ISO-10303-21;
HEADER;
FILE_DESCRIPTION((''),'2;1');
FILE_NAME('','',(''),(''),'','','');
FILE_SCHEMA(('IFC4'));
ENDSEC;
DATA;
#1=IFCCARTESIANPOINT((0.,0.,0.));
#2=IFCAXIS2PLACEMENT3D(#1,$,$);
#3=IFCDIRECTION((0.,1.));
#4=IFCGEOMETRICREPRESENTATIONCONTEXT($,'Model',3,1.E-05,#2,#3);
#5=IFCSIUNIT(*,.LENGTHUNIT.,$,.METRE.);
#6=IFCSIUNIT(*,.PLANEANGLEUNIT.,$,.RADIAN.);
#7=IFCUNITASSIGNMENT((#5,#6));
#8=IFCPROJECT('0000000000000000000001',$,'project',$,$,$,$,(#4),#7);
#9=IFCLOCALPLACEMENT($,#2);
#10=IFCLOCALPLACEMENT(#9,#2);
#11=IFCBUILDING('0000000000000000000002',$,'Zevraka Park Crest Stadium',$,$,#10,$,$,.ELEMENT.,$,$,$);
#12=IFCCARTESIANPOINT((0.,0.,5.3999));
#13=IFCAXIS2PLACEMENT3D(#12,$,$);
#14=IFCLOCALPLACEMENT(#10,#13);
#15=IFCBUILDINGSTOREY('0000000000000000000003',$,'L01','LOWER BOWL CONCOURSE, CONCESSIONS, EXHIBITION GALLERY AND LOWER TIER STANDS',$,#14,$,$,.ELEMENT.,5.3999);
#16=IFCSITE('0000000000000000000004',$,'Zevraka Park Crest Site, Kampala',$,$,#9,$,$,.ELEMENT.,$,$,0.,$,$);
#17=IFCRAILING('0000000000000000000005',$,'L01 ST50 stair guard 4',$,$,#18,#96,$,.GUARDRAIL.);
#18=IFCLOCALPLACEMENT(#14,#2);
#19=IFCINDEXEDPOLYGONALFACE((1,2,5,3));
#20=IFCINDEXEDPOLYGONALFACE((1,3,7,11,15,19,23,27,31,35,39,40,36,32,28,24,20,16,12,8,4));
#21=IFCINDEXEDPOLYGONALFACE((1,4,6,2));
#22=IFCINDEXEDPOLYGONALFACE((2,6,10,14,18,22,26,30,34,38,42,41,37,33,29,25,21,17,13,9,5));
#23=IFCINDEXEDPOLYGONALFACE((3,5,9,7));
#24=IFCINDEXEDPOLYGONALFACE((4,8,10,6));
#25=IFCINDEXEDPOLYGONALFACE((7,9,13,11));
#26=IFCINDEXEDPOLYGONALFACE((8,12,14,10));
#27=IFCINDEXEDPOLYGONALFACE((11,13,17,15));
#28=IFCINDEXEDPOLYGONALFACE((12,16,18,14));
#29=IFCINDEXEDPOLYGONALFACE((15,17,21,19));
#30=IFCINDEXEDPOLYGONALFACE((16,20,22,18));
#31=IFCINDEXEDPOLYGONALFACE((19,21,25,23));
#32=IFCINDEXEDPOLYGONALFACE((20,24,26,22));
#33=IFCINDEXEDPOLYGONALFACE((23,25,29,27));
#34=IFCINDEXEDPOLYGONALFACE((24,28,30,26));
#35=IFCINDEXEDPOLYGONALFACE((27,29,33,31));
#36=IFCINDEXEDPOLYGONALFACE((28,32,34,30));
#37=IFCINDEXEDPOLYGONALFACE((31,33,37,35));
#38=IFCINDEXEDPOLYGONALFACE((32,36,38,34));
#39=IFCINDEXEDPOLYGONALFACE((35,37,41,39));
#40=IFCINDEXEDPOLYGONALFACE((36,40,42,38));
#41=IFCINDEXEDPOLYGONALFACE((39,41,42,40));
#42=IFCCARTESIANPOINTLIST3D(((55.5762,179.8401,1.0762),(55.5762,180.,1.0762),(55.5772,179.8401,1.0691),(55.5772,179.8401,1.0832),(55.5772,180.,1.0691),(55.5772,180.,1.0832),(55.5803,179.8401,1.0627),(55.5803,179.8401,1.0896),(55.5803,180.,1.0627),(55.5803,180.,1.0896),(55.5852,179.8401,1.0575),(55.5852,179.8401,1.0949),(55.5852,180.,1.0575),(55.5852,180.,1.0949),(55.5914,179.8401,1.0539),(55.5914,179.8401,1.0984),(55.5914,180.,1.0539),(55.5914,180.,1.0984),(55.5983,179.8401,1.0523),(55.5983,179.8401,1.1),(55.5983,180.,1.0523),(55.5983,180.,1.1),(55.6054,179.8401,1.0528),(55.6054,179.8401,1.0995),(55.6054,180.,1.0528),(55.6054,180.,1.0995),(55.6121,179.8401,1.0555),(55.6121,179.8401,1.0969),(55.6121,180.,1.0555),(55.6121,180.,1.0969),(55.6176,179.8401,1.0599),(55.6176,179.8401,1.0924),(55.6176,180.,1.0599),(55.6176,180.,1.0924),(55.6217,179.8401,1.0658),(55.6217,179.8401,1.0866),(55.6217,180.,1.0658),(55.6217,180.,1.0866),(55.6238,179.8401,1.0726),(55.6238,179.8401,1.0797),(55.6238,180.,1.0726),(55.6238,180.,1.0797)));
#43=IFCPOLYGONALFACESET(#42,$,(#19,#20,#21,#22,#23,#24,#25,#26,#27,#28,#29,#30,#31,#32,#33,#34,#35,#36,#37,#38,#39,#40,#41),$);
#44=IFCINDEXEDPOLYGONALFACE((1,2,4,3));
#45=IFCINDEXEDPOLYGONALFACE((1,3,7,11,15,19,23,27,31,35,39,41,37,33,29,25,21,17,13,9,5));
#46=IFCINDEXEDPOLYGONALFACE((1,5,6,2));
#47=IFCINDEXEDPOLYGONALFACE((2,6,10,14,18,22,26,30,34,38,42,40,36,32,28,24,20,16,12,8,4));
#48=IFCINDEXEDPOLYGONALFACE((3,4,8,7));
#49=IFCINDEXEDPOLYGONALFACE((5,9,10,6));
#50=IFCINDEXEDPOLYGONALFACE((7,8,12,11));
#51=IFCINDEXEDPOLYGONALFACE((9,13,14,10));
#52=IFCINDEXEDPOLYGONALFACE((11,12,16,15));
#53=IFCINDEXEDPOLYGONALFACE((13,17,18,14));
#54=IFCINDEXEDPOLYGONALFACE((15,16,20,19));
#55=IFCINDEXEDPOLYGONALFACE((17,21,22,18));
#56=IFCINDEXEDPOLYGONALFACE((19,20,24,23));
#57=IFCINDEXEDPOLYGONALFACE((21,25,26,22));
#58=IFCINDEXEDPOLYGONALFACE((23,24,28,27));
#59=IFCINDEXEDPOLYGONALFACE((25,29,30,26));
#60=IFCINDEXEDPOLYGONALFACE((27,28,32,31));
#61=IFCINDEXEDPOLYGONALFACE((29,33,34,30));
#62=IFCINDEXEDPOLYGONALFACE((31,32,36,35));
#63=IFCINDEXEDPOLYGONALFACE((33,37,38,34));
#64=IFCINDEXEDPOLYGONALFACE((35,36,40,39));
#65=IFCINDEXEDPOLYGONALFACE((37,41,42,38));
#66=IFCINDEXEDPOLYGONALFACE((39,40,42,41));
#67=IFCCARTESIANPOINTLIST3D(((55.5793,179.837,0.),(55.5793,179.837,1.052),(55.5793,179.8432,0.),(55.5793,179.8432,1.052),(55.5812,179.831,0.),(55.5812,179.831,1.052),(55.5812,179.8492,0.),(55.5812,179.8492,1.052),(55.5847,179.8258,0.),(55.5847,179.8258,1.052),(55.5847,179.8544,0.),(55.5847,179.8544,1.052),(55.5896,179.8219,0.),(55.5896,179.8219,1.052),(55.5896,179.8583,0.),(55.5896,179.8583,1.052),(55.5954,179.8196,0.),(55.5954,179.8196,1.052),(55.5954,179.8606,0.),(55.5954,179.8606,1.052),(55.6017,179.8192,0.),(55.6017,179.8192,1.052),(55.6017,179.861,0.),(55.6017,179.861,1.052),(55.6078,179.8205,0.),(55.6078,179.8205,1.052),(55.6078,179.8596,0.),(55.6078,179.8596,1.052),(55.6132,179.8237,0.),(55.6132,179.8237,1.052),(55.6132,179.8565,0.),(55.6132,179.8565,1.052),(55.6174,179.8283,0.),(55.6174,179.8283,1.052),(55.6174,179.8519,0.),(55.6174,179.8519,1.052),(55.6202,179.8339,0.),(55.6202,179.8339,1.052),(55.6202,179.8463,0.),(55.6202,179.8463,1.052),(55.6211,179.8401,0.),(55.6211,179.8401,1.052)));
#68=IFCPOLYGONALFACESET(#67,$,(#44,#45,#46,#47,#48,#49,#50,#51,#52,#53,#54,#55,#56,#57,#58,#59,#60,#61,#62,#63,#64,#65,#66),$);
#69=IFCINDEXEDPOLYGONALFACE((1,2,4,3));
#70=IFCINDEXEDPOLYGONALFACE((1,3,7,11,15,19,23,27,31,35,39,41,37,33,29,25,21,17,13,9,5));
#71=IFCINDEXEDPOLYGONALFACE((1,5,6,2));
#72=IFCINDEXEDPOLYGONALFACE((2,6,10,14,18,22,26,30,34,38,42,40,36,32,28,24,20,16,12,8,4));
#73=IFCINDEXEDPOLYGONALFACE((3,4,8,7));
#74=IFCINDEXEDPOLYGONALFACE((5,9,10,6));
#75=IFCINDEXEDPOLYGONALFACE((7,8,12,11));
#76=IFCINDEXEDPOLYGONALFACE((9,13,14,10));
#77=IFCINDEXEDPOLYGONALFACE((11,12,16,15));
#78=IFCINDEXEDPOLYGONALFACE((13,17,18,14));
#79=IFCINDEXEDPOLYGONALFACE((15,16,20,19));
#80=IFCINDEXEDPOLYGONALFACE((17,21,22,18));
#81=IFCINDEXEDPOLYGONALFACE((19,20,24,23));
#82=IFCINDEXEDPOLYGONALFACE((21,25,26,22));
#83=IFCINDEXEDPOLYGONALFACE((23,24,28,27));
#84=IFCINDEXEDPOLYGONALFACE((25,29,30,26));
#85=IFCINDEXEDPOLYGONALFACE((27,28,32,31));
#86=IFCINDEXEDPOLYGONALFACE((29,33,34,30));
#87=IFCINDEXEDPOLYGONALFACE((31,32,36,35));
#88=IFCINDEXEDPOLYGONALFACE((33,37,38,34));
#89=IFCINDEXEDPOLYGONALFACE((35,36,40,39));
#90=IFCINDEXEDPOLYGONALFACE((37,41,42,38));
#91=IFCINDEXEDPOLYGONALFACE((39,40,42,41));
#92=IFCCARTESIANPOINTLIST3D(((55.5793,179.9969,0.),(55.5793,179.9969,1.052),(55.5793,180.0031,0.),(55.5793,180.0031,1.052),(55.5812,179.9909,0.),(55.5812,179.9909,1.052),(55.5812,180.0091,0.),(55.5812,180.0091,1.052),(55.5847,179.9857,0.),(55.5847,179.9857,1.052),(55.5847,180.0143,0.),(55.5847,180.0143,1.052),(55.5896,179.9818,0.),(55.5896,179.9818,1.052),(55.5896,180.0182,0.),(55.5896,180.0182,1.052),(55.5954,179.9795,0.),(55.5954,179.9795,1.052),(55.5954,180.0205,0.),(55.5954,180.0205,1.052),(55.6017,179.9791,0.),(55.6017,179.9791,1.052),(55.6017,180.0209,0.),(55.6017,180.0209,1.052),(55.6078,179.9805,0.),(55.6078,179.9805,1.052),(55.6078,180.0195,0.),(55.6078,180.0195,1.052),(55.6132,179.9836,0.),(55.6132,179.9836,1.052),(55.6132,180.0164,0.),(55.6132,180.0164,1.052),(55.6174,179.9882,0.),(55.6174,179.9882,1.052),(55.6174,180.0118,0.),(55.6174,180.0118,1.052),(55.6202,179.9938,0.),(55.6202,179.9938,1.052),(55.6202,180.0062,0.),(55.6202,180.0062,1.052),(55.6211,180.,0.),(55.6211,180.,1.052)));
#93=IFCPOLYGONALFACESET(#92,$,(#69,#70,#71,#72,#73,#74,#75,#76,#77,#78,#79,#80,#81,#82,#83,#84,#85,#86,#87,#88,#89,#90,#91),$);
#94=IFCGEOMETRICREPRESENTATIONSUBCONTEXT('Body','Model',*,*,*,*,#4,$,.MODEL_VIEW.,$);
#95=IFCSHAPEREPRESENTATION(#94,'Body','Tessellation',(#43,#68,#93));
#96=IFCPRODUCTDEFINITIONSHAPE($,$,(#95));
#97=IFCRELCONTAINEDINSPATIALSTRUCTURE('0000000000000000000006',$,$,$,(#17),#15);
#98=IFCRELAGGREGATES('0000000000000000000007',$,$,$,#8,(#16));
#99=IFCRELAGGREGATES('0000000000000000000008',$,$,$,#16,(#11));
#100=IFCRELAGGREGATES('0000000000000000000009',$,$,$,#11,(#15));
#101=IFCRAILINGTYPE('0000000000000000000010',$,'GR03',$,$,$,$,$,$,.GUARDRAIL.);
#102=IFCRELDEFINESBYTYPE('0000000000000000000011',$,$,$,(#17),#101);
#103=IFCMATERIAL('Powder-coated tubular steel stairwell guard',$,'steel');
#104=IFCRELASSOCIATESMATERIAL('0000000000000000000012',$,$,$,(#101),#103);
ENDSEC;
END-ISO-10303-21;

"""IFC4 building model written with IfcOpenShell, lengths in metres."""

from ifc_helpers import new_model, si_unit, direction, frame, origin, origin_2d, place, context, subcontext, project, spatial, circle, extrude, material, type_object, element, save


model = new_model("IFC4")

# Units and contexts
model_context = context("Model", 3, precision=1e-05, world=origin(), true_north=direction((0.0, 1.0)))
body_context = subcontext(model_context, "Body", "Model", "MODEL_VIEW")
ifc_project = project(units=[si_unit("LENGTHUNIT", "METRE"), si_unit("PLANEANGLEUNIT", "RADIAN")], contexts=[model_context])

# Site, building, storey
site_placement = place(None, origin())
site = spatial("IfcSite", under=ifc_project, at=site_placement, Name="Zevraka Park Crest Site, Kampala", CompositionType="ELEMENT", RefElevation=0.0)
building_placement = place(site_placement, origin())
building = spatial("IfcBuilding", under=site, at=building_placement, Name="Zevraka Park Crest Stadium", CompositionType="ELEMENT")
storey_placement = place(building_placement, frame((0.0, 0.0, 5.3999)))
storey = spatial("IfcBuildingStorey", under=building, at=storey_placement, Name="L01", Description="LOWER BOWL CONCOURSE, CONCESSIONS, EXHIBITION GALLERY AND LOWER TIER STANDS", CompositionType="ELEMENT", Elevation=5.3999)

# Railing
ifc_material_1 = material(Name="Powder-coated tubular steel stairwell guard", Category="steel")
railing_type_1 = type_object("IfcRailingType", Name="GR03", PredefinedType="GUARDRAIL", material=ifc_material_1)
railing_1_placement = place(storey_placement, frame((55.6001, 179.8401, 0.0)))
element("IfcRailing", 1, at=railing_1_placement, inside=storey, type_object=railing_type_1, Name="L01 ST50 stair guard 4", PredefinedType="GUARDRAIL", context=body_context, shape_type="SweptSolid", body=[
    extrude(circle(Radius=0.0239, at=origin_2d()), frame((0.0, 0.0, 1.0762), z_axis=(0.0, 1.0, 0.0), x_axis=(-1.0, 0.0, 0.0)), (0.0, 0.0, 1.0), 0.1599),
    extrude(circle(Radius=0.021, at=origin_2d()), origin(), (0.0, 0.0, 1.0), 1.052),
    extrude(circle(Radius=0.021, at=origin_2d()), frame((0.0, 0.1599, 0.0)), (0.0, 0.0, 1.0), 1.052),
])

save(model, "model.ifc")
